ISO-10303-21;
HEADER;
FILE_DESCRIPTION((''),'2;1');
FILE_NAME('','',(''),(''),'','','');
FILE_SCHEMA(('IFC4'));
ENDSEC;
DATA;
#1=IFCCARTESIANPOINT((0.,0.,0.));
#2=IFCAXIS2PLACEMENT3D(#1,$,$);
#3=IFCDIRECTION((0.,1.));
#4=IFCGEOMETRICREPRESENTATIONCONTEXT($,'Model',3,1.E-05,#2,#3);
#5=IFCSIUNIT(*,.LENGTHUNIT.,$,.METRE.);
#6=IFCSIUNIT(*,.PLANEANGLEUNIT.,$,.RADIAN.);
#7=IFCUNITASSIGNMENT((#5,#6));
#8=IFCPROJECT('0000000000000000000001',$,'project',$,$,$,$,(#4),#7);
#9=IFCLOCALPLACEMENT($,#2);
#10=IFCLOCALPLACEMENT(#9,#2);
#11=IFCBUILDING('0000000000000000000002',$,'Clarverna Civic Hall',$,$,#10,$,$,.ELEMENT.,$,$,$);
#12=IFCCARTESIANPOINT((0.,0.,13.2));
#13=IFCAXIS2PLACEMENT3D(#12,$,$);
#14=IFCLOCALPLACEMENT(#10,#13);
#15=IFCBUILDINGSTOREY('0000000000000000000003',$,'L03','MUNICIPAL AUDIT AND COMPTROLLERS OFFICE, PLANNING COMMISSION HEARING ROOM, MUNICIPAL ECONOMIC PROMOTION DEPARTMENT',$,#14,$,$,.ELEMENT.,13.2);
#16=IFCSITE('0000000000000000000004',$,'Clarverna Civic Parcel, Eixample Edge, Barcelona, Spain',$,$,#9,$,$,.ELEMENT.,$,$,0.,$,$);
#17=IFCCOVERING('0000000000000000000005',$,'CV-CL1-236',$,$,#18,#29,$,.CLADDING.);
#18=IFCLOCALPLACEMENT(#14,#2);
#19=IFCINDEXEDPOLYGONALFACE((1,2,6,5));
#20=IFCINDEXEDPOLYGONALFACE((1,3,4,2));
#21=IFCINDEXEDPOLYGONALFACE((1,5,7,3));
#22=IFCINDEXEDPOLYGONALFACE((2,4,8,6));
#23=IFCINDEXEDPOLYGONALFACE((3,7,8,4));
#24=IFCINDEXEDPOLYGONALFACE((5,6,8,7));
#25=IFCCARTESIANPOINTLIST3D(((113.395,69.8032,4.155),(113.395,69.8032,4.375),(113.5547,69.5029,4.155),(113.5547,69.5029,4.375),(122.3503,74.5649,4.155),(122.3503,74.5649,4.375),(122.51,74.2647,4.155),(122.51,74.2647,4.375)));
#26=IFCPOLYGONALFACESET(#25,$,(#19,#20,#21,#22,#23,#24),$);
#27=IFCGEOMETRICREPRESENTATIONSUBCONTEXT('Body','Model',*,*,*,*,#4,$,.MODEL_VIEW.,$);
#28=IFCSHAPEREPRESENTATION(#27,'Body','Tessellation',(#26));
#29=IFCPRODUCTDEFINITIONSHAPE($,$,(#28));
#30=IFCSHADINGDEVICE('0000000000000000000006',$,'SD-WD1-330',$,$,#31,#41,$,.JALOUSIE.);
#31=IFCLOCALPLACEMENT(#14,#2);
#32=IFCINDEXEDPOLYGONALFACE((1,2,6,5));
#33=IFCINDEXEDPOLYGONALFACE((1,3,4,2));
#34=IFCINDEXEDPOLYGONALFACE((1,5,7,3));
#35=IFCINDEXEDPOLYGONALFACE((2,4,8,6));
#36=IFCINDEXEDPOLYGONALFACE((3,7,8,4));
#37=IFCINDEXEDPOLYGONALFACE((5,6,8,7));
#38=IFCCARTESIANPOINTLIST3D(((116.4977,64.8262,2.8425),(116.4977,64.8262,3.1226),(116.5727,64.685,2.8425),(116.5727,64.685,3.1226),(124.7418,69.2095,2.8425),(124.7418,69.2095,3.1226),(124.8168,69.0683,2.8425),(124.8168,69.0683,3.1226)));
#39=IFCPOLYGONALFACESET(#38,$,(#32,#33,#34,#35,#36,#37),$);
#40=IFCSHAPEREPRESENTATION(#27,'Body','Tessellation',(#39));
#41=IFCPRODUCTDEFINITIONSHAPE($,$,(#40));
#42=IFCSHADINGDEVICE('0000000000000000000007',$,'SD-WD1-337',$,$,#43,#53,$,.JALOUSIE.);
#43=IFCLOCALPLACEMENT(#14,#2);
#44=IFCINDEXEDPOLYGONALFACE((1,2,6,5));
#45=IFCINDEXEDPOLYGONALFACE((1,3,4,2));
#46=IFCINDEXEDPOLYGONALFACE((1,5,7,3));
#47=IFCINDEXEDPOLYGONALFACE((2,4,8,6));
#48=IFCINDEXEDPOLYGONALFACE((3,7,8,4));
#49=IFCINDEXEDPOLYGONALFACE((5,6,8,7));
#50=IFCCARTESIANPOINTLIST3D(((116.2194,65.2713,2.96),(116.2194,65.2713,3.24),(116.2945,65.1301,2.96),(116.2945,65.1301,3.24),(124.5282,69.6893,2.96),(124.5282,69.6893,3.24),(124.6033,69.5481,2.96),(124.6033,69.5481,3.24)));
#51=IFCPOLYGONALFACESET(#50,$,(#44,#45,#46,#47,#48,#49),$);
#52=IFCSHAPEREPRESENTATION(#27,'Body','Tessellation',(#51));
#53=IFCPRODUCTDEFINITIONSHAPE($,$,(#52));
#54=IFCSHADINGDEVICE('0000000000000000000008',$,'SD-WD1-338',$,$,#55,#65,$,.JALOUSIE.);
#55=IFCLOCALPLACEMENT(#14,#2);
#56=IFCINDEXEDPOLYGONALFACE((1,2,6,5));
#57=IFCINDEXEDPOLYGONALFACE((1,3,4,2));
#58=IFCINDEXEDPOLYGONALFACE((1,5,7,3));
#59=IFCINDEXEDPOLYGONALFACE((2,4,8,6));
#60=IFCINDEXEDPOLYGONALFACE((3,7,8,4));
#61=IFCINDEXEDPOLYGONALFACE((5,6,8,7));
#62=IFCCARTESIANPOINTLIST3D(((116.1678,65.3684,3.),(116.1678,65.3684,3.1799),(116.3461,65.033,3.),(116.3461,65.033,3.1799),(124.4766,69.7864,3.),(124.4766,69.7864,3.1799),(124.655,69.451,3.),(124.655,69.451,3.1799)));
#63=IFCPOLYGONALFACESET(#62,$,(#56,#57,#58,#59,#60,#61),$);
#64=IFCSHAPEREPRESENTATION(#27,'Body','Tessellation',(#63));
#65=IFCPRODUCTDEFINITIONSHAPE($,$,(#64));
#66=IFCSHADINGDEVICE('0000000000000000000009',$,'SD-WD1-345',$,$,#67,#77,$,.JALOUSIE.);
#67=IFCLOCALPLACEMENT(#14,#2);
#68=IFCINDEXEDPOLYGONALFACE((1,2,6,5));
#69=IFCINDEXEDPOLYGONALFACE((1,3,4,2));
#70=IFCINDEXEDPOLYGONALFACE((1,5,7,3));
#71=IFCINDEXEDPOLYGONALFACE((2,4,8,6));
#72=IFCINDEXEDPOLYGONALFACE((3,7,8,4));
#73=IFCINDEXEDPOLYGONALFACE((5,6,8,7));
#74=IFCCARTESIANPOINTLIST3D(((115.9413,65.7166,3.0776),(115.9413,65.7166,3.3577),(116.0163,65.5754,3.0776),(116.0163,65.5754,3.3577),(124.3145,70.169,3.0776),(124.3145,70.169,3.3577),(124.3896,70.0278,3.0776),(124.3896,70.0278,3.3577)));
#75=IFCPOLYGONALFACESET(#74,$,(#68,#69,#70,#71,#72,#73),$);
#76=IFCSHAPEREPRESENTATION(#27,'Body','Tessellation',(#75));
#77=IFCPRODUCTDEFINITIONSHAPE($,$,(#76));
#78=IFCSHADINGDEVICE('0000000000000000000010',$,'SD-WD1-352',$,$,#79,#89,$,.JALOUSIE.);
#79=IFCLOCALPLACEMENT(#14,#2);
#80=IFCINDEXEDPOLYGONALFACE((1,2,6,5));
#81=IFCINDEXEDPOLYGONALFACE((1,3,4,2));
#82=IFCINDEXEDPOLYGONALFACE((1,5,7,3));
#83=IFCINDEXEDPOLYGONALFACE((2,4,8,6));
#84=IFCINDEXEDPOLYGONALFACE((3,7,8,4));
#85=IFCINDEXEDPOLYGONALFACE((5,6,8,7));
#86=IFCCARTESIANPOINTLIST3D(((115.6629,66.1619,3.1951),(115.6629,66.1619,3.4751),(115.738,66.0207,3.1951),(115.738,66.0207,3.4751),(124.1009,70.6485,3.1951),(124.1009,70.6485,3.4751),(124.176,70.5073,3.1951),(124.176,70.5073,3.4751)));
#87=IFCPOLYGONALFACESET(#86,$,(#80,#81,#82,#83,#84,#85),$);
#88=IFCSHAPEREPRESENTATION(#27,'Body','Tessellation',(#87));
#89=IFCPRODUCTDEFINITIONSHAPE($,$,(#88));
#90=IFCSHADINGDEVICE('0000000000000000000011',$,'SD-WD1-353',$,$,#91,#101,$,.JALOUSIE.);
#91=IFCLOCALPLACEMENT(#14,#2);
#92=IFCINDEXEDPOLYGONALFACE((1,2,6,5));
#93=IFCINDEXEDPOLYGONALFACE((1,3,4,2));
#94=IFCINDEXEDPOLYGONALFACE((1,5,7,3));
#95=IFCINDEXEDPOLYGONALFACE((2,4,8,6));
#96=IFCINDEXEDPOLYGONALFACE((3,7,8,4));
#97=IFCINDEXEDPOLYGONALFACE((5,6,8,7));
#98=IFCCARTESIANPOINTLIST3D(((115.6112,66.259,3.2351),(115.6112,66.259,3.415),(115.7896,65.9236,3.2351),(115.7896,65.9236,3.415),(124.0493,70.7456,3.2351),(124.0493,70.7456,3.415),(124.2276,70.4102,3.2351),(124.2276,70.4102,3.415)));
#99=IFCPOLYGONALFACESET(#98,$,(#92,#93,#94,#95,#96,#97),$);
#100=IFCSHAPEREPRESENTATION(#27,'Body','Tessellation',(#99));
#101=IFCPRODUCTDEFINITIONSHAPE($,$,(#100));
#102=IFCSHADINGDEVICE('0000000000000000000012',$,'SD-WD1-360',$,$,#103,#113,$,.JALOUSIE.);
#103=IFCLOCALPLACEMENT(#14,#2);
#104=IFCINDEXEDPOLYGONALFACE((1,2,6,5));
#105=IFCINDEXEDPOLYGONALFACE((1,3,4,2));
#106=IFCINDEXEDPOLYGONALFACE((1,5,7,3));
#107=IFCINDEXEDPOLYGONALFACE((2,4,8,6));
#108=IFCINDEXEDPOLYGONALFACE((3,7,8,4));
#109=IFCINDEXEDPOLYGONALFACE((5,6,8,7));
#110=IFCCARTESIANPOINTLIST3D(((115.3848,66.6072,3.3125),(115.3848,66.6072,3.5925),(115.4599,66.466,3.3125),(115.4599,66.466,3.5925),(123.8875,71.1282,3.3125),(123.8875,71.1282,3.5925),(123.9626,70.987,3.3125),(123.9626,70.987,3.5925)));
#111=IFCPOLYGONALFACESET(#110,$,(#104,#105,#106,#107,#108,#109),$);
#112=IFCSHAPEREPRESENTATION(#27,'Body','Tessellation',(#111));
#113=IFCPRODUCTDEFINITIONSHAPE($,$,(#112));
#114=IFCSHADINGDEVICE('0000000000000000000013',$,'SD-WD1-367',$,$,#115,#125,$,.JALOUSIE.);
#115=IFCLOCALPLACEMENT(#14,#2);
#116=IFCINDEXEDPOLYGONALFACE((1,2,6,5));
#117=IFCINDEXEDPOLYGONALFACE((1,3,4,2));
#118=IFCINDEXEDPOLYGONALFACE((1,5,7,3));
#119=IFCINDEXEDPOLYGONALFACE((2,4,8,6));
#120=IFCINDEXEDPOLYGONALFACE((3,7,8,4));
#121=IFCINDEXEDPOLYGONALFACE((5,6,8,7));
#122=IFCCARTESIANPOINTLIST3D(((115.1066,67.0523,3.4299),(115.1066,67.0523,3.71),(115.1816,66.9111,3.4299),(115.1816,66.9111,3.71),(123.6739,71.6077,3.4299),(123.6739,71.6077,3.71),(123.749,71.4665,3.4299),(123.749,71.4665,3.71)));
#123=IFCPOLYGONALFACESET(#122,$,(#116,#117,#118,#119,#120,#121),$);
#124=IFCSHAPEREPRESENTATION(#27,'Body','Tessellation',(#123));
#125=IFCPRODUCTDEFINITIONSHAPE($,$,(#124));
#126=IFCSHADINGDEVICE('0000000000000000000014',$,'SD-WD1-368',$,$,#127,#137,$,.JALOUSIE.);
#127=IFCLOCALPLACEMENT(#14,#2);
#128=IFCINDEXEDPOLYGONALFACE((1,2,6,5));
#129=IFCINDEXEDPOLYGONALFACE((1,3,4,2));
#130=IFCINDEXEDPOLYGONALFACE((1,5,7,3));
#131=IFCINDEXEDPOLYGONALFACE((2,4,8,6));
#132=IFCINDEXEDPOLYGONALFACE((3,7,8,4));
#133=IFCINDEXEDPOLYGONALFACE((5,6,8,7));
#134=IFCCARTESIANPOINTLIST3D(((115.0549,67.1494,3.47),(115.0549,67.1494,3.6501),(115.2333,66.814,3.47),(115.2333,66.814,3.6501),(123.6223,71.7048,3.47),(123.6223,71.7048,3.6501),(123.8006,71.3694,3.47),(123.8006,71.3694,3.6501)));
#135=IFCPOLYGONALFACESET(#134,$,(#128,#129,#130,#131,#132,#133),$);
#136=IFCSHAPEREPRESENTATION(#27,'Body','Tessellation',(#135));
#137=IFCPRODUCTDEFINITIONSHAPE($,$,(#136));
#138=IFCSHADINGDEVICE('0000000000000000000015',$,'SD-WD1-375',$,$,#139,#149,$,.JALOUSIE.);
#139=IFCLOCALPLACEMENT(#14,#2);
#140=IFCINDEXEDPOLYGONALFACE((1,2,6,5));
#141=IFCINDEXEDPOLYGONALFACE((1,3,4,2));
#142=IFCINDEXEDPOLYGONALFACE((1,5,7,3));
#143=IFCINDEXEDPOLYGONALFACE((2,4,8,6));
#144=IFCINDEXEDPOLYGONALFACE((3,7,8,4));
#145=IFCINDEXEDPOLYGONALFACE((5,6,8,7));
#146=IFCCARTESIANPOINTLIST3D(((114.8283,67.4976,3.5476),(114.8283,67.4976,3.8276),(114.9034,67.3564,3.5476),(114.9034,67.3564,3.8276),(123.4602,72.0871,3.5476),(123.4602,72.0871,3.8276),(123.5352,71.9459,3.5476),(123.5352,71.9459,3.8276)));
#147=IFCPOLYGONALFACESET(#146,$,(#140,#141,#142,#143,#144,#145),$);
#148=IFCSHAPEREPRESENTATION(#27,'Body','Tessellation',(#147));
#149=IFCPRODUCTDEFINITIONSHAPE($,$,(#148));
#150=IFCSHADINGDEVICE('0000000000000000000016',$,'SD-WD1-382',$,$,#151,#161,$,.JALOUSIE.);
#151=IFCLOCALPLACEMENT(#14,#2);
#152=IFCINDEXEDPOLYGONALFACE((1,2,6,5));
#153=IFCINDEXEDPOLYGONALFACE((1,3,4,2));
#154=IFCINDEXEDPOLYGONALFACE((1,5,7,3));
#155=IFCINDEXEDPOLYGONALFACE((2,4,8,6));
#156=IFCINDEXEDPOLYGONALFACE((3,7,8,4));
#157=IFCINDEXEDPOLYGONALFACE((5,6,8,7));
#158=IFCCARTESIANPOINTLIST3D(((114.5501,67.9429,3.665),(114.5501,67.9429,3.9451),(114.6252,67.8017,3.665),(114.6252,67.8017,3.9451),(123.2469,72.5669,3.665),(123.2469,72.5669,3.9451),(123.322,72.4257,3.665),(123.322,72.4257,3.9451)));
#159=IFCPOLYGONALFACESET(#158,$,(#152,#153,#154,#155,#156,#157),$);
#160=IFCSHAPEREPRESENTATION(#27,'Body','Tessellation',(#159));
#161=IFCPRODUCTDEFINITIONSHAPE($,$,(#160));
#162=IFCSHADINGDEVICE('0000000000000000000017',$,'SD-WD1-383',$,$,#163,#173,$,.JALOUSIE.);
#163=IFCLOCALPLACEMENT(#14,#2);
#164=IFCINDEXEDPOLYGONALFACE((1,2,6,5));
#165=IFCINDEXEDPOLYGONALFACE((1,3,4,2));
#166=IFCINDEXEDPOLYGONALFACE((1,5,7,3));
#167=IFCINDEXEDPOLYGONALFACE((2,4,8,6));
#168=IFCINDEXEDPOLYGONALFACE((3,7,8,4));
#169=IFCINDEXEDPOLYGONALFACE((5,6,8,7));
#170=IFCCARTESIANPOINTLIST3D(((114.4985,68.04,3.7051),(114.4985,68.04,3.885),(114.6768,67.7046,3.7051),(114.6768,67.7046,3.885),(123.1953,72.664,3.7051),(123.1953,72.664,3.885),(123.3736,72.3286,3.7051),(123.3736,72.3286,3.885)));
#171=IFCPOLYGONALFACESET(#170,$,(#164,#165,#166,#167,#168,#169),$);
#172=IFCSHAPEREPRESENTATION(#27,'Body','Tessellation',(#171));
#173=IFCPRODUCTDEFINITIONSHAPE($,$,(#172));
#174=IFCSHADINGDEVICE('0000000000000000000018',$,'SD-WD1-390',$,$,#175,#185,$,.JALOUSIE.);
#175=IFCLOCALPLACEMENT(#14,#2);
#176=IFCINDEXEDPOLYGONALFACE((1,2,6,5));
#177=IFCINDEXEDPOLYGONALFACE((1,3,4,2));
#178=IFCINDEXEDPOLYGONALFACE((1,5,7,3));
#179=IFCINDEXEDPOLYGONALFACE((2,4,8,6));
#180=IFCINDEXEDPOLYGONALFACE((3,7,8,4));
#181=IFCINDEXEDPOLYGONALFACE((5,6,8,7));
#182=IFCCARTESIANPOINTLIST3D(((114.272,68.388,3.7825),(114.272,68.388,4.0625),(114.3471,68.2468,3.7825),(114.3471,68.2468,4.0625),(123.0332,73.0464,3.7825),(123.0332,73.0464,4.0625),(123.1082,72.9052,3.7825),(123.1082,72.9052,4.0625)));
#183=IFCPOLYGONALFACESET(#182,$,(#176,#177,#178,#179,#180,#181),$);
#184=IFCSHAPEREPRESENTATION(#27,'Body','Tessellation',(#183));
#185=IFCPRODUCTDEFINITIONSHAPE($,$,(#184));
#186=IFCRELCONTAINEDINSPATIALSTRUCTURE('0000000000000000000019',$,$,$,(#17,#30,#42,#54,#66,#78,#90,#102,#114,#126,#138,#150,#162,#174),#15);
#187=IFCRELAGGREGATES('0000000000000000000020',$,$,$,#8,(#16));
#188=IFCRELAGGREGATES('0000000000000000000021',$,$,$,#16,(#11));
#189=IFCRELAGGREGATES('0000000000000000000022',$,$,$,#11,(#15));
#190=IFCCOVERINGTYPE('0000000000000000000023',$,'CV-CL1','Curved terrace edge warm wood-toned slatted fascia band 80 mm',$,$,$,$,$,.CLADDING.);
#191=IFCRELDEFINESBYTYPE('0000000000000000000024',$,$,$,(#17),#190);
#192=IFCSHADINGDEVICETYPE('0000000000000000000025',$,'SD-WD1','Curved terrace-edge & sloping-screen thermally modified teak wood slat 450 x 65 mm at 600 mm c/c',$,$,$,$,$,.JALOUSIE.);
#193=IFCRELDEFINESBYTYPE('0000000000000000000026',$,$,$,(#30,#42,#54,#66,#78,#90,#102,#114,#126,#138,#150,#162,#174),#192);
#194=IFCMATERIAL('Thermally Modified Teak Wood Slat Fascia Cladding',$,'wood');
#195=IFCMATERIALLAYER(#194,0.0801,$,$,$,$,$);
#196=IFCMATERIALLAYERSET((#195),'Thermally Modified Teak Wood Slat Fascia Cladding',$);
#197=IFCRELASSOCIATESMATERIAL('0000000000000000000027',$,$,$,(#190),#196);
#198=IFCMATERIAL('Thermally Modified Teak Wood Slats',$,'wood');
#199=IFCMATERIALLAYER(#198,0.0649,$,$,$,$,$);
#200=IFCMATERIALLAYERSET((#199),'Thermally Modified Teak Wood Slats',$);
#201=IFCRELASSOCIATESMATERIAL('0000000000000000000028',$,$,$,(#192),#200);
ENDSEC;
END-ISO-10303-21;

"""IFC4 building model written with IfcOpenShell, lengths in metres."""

from ifc_helpers import new_model, si_unit, direction, frame, frame_2d, origin, place, context, subcontext, project, spatial, rectangle, extrude, material, layer, layer_set, type_object, element, save


model = new_model("IFC4")

# Units and contexts
model_context = context("Model", 3, precision=1e-05, world=origin(), true_north=direction((0.0, 1.0)))
body_context = subcontext(model_context, "Body", "Model", "MODEL_VIEW")
ifc_project = project(units=[si_unit("LENGTHUNIT", "METRE"), si_unit("PLANEANGLEUNIT", "RADIAN")], contexts=[model_context])

# Site, building, storey
site_placement = place(None, origin())
site = spatial("IfcSite", under=ifc_project, at=site_placement, Name="Clarverna Civic Parcel, Eixample Edge, Barcelona, Spain", CompositionType="ELEMENT", RefElevation=0.0)
building_placement = place(site_placement, origin())
building = spatial("IfcBuilding", under=site, at=building_placement, Name="Clarverna Civic Hall", CompositionType="ELEMENT")
storey_placement = place(building_placement, frame((0.0, 0.0, 13.2)))
storey = spatial("IfcBuildingStorey", under=building, at=storey_placement, Name="L03", Description="MUNICIPAL AUDIT AND COMPTROLLERS OFFICE, PLANNING COMMISSION HEARING ROOM, MUNICIPAL ECONOMIC PROMOTION DEPARTMENT", CompositionType="ELEMENT", Elevation=13.2)

# Covering
ifc_material_1 = material(Name="Thermally Modified Teak Wood Slat Fascia Cladding", Category="wood")
ifc_layer_1 = layer(ifc_material_1, 0.0801)
ifc_layer_set_1 = layer_set([ifc_layer_1], Name="Thermally Modified Teak Wood Slat Fascia Cladding")
covering_type = type_object("IfcCoveringType", Name="CV-CL1", Description="Curved terrace edge warm wood-toned slatted fascia band 80 mm", PredefinedType="CLADDING", material=ifc_layer_set_1)
covering_1_placement = place(storey_placement, frame((122.4302, 74.4148, 4.155), z_axis=(0.0, 0.0, 1.0), x_axis=(-0.882944, -0.469478, 0.0)))
element("IfcCovering", 1, at=covering_1_placement, inside=storey, type_object=covering_type, Name="CV-CL1-236", PredefinedType="CLADDING", context=body_context, shape_type="SweptSolid", body=[
    extrude(rectangle(XDim=10.1426, YDim=0.3401, at=frame_2d((5.0713, 0.0))), origin(), (0.0, 0.0, 1.0), 0.22),
])

# Shading devices
ifc_material_2 = material(Name="Thermally Modified Teak Wood Slats", Category="wood")
ifc_layer_2 = layer(ifc_material_2, 0.0649)
ifc_layer_set_2 = layer_set([ifc_layer_2], Name="Thermally Modified Teak Wood Slats")
shading_device_type = type_object("IfcShadingDeviceType", Name="SD-WD1", Description="Curved terrace-edge & sloping-screen thermally modified teak wood slat 450 x 65 mm at 600 mm c/c", PredefinedType="JALOUSIE", material=ifc_layer_set_2)
shading_device_1_placement = place(storey_placement, frame((124.7793, 69.1389, 2.8425), z_axis=(0.0, 0.0, 1.0), x_axis=(-0.882956, -0.469456, 0.0)))
element("IfcShadingDevice", 2, at=shading_device_1_placement, inside=storey, type_object=shading_device_type, Name="SD-WD1-330", PredefinedType="JALOUSIE", context=body_context, shape_type="SweptSolid", body=[
    extrude(rectangle(XDim=9.3369, YDim=0.1599, at=frame_2d((4.6685, 0.0))), origin(), (0.0, 0.0, 1.0), 0.28),
])
shading_device_2_placement = place(storey_placement, frame((124.5657, 69.6187, 2.96), z_axis=(0.0, 0.0, 1.0), x_axis=(-0.882944, -0.469478, 0.0)))
element("IfcShadingDevice", 3, at=shading_device_2_placement, inside=storey, type_object=shading_device_type, Name="SD-WD1-337", PredefinedType="JALOUSIE", context=body_context, shape_type="SweptSolid", body=[
    extrude(rectangle(XDim=9.4104, YDim=0.1599, at=frame_2d((4.7051, 0.0))), origin(), (0.0, 0.0, 1.0), 0.28),
])
shading_device_3_placement = place(storey_placement, frame((124.5657, 69.6187, 3.0), z_axis=(0.0, 0.0, 1.0), x_axis=(-0.882944, -0.469478, 0.0)))
element("IfcShadingDevice", 4, at=shading_device_3_placement, inside=storey, type_object=shading_device_type, Name="SD-WD1-338", PredefinedType="JALOUSIE", context=body_context, shape_type="SweptSolid", body=[
    extrude(rectangle(XDim=9.4104, YDim=0.3799, at=frame_2d((4.7051, 0.0))), origin(), (0.0, 0.0, 1.0), 0.1799),
])
shading_device_4_placement = place(storey_placement, frame((124.3521, 70.0984, 3.0776), z_axis=(0.0, 0.0, 1.0), x_axis=(-0.882937, -0.469491, 0.0)))
element("IfcShadingDevice", 5, at=shading_device_4_placement, inside=storey, type_object=shading_device_type, Name="SD-WD1-345", PredefinedType="JALOUSIE", context=body_context, shape_type="SweptSolid", body=[
    extrude(rectangle(XDim=9.4834, YDim=0.1599, at=frame_2d((4.7417, 0.0))), origin(), (0.0, 0.0, 1.0), 0.28),
])
shading_device_5_placement = place(storey_placement, frame((124.1384, 70.5779, 3.1951), z_axis=(0.0, 0.0, 1.0), x_axis=(-0.882947, -0.469473, 0.0)))
element("IfcShadingDevice", 6, at=shading_device_5_placement, inside=storey, type_object=shading_device_type, Name="SD-WD1-352", PredefinedType="JALOUSIE", context=body_context, shape_type="SweptSolid", body=[
    extrude(rectangle(XDim=9.5566, YDim=0.1599, at=frame_2d((4.7783, 0.0))), origin(), (0.0, 0.0, 1.0), 0.28),
])
shading_device_6_placement = place(storey_placement, frame((124.1384, 70.5779, 3.2351), z_axis=(0.0, 0.0, 1.0), x_axis=(-0.882947, -0.469473, 0.0)))
element("IfcShadingDevice", 7, at=shading_device_6_placement, inside=storey, type_object=shading_device_type, Name="SD-WD1-353", PredefinedType="JALOUSIE", context=body_context, shape_type="SweptSolid", body=[
    extrude(rectangle(XDim=9.5566, YDim=0.3799, at=frame_2d((4.7783, 0.0))), origin(), (0.0, 0.0, 1.0), 0.1799),
])
shading_device_7_placement = place(storey_placement, frame((123.925, 71.0576, 3.3125), z_axis=(0.0, 0.0, 1.0), x_axis=(-0.882946, -0.469475, 0.0)))
element("IfcShadingDevice", 8, at=shading_device_7_placement, inside=storey, type_object=shading_device_type, Name="SD-WD1-360", PredefinedType="JALOUSIE", context=body_context, shape_type="SweptSolid", body=[
    extrude(rectangle(XDim=9.6299, YDim=0.1599, at=frame_2d((4.8149, 0.0))), origin(), (0.0, 0.0, 1.0), 0.28),
])
shading_device_8_placement = place(storey_placement, frame((123.7114, 71.5371, 3.4299), z_axis=(0.0, 0.0, 1.0), x_axis=(-0.882945, -0.469477, 0.0)))
element("IfcShadingDevice", 9, at=shading_device_8_placement, inside=storey, type_object=shading_device_type, Name="SD-WD1-367", PredefinedType="JALOUSIE", context=body_context, shape_type="SweptSolid", body=[
    extrude(rectangle(XDim=9.7031, YDim=0.1599, at=frame_2d((4.8516, 0.0))), origin(), (0.0, 0.0, 1.0), 0.28),
])
shading_device_9_placement = place(storey_placement, frame((123.7114, 71.5371, 3.47), z_axis=(0.0, 0.0, 1.0), x_axis=(-0.882945, -0.469477, 0.0)))
element("IfcShadingDevice", 10, at=shading_device_9_placement, inside=storey, type_object=shading_device_type, Name="SD-WD1-368", PredefinedType="JALOUSIE", context=body_context, shape_type="SweptSolid", body=[
    extrude(rectangle(XDim=9.7031, YDim=0.3799, at=frame_2d((4.8516, 0.0))), origin(), (0.0, 0.0, 1.0), 0.1802),
])
shading_device_10_placement = place(storey_placement, frame((123.4978, 72.0166, 3.5476), z_axis=(0.0, 0.0, 1.0), x_axis=(-0.882949, -0.469469, 0.0)))
element("IfcShadingDevice", 11, at=shading_device_10_placement, inside=storey, type_object=shading_device_type, Name="SD-WD1-375", PredefinedType="JALOUSIE", context=body_context, shape_type="SweptSolid", body=[
    extrude(rectangle(XDim=9.7761, YDim=0.1599, at=frame_2d((4.8882, 0.0))), origin(), (0.0, 0.0, 1.0), 0.28),
])
shading_device_11_placement = place(storey_placement, frame((123.2844, 72.4963, 3.665), z_axis=(0.0, 0.0, 1.0), x_axis=(-0.882953, -0.469461, 0.0)))
element("IfcShadingDevice", 12, at=shading_device_11_placement, inside=storey, type_object=shading_device_type, Name="SD-WD1-382", PredefinedType="JALOUSIE", context=body_context, shape_type="SweptSolid", body=[
    extrude(rectangle(XDim=9.8496, YDim=0.1599, at=frame_2d((4.9248, 0.0))), origin(), (0.0, 0.0, 1.0), 0.28),
])
shading_device_12_placement = place(storey_placement, frame((123.2844, 72.4963, 3.7051), z_axis=(0.0, 0.0, 1.0), x_axis=(-0.882953, -0.469461, 0.0)))
element("IfcShadingDevice", 13, at=shading_device_12_placement, inside=storey, type_object=shading_device_type, Name="SD-WD1-383", PredefinedType="JALOUSIE", context=body_context, shape_type="SweptSolid", body=[
    extrude(rectangle(XDim=9.8496, YDim=0.3799, at=frame_2d((4.9248, 0.0))), origin(), (0.0, 0.0, 1.0), 0.1799),
])
shading_device_13_placement = place(storey_placement, frame((123.0708, 72.9758, 3.7825), z_axis=(0.0, 0.0, 1.0), x_axis=(-0.882947, -0.469473, 0.0)))
element("IfcShadingDevice", 14, at=shading_device_13_placement, inside=storey, type_object=shading_device_type, Name="SD-WD1-390", PredefinedType="JALOUSIE", context=body_context, shape_type="SweptSolid", body=[
    extrude(rectangle(XDim=9.9226, YDim=0.1599, at=frame_2d((4.9614, 0.0))), origin(), (0.0, 0.0, 1.0), 0.28),
])

save(model, "model.ifc")
